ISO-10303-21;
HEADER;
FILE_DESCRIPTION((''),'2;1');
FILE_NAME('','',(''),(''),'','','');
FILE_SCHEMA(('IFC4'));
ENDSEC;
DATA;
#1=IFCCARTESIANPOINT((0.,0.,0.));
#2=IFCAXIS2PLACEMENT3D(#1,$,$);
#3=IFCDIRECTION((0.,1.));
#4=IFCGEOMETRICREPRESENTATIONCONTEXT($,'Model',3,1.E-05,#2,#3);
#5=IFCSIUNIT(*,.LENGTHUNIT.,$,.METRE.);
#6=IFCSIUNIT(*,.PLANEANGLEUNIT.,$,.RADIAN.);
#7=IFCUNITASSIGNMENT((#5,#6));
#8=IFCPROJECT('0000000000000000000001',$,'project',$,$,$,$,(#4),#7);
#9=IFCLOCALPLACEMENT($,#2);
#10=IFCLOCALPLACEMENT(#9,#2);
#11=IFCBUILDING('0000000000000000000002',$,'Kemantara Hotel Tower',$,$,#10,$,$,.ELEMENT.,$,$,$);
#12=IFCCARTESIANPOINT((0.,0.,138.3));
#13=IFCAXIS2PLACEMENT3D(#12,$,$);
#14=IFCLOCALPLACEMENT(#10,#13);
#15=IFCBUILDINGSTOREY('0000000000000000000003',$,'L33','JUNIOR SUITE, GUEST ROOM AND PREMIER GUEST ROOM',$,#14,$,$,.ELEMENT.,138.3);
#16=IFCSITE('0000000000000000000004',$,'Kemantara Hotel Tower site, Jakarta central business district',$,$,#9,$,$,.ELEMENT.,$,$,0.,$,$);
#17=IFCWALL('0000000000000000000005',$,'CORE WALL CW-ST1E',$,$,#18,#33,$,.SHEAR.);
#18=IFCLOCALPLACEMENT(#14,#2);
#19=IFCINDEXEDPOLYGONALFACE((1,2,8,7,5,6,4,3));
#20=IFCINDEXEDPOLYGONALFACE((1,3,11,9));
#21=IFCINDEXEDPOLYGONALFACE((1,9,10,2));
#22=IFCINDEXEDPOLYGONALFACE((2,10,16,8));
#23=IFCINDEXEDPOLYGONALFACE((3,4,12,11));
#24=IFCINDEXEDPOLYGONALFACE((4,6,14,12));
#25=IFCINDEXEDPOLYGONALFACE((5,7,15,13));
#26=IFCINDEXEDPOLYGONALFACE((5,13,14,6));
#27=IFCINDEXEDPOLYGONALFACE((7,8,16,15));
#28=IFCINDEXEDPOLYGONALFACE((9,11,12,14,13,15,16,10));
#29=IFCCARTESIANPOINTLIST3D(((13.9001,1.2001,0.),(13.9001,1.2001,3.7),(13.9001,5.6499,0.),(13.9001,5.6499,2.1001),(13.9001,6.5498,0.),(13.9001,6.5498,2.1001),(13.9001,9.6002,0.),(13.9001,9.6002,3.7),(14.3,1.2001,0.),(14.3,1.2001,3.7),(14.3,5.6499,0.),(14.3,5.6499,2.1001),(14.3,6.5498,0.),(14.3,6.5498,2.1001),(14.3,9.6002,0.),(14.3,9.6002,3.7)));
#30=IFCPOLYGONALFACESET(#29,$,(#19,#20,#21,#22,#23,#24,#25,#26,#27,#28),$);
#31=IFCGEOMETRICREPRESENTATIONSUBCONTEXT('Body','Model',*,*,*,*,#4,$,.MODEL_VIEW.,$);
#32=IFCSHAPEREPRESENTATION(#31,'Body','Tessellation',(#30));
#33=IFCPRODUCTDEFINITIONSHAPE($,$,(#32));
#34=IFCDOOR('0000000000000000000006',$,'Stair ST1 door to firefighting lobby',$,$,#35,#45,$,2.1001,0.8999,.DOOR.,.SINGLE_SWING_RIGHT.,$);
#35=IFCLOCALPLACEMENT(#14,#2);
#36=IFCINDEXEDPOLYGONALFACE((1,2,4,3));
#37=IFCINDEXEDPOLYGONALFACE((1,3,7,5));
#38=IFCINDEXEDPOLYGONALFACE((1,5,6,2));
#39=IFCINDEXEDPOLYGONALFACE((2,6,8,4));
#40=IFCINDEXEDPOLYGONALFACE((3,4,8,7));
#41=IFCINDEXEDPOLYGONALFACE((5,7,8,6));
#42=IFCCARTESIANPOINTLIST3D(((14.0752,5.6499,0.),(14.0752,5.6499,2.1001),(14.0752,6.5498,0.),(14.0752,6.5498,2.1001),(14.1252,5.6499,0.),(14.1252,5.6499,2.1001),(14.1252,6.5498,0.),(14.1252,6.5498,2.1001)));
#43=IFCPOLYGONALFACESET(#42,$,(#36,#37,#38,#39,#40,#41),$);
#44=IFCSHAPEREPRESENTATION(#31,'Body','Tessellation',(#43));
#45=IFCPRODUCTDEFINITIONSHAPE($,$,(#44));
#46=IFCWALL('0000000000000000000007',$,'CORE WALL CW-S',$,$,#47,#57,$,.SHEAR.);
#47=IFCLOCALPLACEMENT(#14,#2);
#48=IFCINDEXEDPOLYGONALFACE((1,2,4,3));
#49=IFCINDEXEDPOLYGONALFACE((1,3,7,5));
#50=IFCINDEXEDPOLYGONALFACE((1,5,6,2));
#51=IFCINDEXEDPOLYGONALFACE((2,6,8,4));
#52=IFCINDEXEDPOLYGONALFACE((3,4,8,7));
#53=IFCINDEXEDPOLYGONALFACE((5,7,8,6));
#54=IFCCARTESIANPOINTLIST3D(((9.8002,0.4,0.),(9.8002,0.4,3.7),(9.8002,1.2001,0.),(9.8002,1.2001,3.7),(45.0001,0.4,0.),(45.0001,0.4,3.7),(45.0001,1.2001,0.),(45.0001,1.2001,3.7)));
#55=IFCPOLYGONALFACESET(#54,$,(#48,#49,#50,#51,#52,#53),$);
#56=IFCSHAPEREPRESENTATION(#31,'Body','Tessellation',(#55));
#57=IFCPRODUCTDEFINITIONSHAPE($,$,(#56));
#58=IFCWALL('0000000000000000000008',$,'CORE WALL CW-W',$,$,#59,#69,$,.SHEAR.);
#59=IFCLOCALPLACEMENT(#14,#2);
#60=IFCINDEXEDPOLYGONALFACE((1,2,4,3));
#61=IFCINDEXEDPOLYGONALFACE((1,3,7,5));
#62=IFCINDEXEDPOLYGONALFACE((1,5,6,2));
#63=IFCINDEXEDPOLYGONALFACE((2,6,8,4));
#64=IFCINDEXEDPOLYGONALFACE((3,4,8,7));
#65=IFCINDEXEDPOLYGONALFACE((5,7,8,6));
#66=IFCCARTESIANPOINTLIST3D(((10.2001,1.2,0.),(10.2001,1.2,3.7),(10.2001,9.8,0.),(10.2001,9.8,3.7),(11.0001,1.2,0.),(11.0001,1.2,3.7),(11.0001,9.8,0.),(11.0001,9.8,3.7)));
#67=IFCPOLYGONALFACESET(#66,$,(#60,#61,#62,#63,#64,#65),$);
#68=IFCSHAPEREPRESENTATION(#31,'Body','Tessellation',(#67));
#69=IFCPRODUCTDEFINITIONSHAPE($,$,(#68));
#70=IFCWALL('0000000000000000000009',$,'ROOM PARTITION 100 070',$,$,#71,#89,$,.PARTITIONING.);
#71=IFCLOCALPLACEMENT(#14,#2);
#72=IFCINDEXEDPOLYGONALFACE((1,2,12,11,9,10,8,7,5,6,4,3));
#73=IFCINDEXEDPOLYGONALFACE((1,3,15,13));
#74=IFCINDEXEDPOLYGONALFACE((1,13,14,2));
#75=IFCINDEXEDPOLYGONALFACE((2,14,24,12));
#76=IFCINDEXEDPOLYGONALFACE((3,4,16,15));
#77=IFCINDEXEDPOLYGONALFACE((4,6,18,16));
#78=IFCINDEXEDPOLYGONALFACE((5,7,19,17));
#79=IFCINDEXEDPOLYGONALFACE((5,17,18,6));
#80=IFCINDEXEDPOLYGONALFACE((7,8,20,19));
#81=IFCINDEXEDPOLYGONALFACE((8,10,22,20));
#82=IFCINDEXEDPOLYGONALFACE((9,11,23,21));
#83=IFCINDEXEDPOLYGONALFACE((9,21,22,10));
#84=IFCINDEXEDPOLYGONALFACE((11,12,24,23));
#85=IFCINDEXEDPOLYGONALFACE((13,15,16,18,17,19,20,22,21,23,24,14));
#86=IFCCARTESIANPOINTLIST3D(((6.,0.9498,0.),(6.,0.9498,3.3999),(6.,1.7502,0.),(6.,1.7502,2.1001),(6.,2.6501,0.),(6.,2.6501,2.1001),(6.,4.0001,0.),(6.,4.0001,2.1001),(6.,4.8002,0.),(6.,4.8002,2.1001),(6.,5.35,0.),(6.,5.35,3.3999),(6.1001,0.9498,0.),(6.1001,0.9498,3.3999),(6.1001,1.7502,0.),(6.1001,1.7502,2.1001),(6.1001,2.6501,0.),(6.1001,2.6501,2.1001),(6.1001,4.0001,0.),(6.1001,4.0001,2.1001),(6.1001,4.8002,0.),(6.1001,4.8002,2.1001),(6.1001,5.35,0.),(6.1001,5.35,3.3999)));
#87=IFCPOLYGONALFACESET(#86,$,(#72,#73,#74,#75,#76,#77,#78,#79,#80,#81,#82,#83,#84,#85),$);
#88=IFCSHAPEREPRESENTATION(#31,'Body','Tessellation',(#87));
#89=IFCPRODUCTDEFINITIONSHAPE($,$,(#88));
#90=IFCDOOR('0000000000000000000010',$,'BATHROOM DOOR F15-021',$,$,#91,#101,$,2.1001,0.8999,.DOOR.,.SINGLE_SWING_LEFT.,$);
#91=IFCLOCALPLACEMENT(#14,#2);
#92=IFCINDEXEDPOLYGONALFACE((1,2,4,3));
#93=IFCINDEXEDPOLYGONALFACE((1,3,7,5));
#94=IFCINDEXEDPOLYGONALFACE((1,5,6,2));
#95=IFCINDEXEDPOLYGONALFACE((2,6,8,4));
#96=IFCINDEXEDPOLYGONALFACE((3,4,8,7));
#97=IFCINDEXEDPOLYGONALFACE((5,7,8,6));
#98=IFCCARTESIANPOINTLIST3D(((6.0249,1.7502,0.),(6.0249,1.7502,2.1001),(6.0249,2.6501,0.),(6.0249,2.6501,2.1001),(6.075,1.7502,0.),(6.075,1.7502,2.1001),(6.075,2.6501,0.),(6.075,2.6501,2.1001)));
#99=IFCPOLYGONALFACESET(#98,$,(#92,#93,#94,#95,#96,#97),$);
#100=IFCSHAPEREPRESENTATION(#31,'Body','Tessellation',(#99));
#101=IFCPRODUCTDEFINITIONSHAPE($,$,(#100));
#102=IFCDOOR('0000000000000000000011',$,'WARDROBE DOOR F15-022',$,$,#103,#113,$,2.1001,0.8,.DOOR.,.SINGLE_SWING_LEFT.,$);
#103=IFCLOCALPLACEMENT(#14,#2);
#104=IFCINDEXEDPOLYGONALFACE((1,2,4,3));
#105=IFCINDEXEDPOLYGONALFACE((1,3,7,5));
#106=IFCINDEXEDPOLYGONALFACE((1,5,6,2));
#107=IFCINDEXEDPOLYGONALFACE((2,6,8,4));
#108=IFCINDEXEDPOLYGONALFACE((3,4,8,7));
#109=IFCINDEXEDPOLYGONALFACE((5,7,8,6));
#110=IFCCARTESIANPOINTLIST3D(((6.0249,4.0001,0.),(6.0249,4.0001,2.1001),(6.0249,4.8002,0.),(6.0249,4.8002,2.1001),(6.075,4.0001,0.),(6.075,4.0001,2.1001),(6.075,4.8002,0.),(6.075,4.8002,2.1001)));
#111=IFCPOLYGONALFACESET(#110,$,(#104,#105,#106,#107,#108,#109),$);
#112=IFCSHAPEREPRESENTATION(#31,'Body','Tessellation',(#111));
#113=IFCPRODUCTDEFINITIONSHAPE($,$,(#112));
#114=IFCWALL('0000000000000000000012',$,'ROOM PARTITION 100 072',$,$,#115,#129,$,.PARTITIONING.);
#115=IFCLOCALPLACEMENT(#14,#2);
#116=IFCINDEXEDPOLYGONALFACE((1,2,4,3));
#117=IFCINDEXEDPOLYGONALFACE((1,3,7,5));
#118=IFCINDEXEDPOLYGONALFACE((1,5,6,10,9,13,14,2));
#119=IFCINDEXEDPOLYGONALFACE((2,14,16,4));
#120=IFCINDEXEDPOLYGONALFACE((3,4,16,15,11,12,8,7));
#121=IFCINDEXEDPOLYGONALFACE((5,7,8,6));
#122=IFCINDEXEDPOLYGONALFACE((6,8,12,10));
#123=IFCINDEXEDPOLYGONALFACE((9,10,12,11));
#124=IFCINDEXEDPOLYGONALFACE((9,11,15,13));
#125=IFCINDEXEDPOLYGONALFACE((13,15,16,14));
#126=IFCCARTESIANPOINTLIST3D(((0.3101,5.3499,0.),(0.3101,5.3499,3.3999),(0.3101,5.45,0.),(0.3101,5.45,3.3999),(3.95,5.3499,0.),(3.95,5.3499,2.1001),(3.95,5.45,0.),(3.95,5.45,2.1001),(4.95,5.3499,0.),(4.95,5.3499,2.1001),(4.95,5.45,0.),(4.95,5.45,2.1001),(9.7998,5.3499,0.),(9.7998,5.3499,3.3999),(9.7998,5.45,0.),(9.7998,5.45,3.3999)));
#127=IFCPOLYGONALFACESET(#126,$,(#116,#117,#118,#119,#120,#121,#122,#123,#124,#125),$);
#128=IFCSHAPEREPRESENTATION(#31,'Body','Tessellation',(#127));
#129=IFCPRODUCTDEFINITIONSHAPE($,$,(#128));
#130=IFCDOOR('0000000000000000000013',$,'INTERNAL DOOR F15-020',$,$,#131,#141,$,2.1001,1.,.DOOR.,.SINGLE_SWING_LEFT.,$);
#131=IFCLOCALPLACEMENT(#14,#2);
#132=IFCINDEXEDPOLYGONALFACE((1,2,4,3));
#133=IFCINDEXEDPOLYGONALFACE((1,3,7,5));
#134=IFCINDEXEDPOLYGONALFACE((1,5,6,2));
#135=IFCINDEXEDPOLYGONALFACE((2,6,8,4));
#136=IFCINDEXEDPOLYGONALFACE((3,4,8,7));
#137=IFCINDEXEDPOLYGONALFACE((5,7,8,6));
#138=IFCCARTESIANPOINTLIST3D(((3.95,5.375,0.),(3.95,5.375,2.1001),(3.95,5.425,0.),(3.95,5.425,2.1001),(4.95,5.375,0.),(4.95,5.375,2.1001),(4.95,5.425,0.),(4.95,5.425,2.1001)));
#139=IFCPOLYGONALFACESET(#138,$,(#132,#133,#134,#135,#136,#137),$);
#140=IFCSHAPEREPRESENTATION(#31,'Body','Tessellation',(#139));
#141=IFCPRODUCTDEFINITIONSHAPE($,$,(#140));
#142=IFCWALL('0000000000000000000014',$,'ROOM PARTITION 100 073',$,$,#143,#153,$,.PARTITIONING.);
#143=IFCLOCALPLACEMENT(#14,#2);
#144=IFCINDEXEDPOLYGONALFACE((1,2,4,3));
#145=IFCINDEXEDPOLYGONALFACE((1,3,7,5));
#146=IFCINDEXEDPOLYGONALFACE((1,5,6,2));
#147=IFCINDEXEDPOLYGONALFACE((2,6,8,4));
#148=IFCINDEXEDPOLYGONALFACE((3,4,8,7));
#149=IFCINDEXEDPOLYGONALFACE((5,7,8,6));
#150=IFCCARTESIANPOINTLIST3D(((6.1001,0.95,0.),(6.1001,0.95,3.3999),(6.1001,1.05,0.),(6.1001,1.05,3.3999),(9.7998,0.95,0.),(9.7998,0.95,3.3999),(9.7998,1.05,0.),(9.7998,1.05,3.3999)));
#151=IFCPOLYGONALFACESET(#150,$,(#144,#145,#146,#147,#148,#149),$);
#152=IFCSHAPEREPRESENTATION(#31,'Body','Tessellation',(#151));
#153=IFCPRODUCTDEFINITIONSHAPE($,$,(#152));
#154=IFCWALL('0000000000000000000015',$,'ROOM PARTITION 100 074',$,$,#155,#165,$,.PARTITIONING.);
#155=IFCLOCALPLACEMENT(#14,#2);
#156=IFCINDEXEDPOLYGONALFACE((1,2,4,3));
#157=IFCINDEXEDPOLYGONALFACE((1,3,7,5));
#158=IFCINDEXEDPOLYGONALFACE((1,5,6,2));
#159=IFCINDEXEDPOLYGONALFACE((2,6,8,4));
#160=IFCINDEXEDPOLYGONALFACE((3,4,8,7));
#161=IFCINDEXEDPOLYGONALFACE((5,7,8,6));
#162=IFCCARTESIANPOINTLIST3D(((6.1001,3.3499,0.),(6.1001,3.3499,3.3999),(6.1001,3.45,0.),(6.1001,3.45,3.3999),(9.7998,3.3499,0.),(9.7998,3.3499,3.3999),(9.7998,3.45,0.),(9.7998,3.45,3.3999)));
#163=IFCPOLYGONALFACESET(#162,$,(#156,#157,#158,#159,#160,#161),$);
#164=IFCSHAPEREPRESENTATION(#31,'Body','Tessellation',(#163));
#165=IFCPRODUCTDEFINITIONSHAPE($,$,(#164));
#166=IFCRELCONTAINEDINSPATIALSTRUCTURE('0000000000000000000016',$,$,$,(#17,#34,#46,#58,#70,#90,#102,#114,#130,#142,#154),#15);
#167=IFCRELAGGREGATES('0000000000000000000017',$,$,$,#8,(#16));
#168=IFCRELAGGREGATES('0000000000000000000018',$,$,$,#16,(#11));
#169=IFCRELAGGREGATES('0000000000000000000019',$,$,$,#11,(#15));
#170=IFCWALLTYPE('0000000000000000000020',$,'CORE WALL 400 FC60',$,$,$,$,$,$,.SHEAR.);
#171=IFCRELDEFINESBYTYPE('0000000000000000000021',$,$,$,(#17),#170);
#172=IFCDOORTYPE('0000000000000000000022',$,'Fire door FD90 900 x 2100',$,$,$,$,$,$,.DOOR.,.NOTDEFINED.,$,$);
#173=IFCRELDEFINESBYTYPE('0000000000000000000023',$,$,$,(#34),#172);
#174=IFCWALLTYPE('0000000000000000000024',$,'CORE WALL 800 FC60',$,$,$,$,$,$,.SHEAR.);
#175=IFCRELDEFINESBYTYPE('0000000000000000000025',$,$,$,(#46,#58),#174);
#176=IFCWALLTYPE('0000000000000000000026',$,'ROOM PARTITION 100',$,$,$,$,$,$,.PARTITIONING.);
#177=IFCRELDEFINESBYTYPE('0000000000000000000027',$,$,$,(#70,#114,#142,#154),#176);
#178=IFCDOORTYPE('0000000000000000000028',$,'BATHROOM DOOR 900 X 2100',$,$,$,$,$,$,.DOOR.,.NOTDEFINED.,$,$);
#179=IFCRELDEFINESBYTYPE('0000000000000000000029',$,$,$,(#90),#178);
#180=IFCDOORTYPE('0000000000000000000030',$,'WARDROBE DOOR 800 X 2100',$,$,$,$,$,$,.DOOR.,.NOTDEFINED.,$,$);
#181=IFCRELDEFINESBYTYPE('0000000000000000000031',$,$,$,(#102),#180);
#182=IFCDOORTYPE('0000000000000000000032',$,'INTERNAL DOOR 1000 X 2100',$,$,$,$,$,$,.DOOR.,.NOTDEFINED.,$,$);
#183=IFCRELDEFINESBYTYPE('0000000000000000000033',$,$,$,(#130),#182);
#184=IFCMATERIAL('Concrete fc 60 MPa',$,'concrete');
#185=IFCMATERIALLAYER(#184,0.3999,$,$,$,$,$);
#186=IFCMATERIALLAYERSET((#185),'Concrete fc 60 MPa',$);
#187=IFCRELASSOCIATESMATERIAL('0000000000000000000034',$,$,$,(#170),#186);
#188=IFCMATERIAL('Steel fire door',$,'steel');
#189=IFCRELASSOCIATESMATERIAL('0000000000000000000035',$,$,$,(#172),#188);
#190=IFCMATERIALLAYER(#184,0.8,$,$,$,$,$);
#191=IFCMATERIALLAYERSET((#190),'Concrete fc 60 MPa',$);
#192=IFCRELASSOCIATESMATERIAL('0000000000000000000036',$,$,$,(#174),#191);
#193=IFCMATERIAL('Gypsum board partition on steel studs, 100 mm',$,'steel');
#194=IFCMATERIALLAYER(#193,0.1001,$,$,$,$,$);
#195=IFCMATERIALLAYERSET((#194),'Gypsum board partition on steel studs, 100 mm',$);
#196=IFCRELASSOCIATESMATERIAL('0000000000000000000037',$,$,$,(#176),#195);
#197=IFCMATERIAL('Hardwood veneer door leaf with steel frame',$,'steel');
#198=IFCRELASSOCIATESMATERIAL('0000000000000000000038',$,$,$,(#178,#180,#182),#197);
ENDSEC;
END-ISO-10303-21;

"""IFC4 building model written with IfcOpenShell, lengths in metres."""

from ifc_helpers import new_model, si_unit, direction, frame, frame_2d, origin, place, context, subcontext, project, spatial, rectangle, extrude, material, layer, layer_set, type_object, element, fill, save


model = new_model("IFC4")

# Units and contexts
model_context = context("Model", 3, precision=1e-05, world=origin(), true_north=direction((0.0, 1.0)))
body_context = subcontext(model_context, "Body", "Model", "MODEL_VIEW")
ifc_project = project(units=[si_unit("LENGTHUNIT", "METRE"), si_unit("PLANEANGLEUNIT", "RADIAN")], contexts=[model_context])

# Site, building, storey
site_placement = place(None, origin())
site = spatial("IfcSite", under=ifc_project, at=site_placement, Name="Kemantara Hotel Tower site, Jakarta central business district", CompositionType="ELEMENT", RefElevation=0.0)
building_placement = place(site_placement, origin())
building = spatial("IfcBuilding", under=site, at=building_placement, Name="Kemantara Hotel Tower", CompositionType="ELEMENT")
storey_placement = place(building_placement, frame((0.0, 0.0, 138.3)))
storey = spatial("IfcBuildingStorey", under=building, at=storey_placement, Name="L33", Description="JUNIOR SUITE, GUEST ROOM AND PREMIER GUEST ROOM", CompositionType="ELEMENT", Elevation=138.3)

# Shared definitions
ifc_material_1 = material(Name="Concrete fc 60 MPa", Category="concrete")

# Shared definitions
ifc_layer_1 = layer(ifc_material_1, 0.3999)
ifc_layer_set_1 = layer_set([ifc_layer_1], Name="Concrete fc 60 MPa")
wall_type_1 = type_object("IfcWallType", Name="CORE WALL 400 FC60", PredefinedType="SHEAR", material=ifc_layer_set_1)
ifc_material_2 = material(Name="Steel fire door", Category="steel")

# Wall, opening, door
wall_1_placement = place(storey_placement, frame((14.1001, 1.2, 0.0), z_axis=(0.0, 0.0, 1.0), x_axis=(0.0, 1.0, 0.0)))
wall_1 = element("IfcWall", 1, at=wall_1_placement, inside=storey, type_object=wall_type_1, Name="CORE WALL CW-ST1E", PredefinedType="SHEAR", context=body_context, shape_type="SweptSolid", body=[
    extrude(rectangle(XDim=8.4001, YDim=0.3999, at=frame_2d((4.2002, 0.0))), origin(), (0.0, 0.0, 1.0), 3.7),
])
opening_1_placement = place(wall_1_placement, frame((4.45, 0.0, 0.0)))
opening_1 = element("IfcOpeningElement", 2, at=opening_1_placement, cuts=wall_1, PredefinedType="OPENING", context=body_context, shape_type="SweptSolid", body=[
    extrude(rectangle(XDim=0.8999, YDim=2.1001, at=frame_2d((0.45, 1.05))), frame((0.0, 0.21, 0.0), z_axis=(0.0, -1.0, 0.0), x_axis=(1.0, 0.0, 0.0)), (0.0, 0.0, 1.0), 0.4199),
])
door_type_1 = type_object("IfcDoorType", Name="Fire door FD90 900 x 2100", OperationType="NOTDEFINED", PredefinedType="DOOR", material=ifc_material_2)
door_1_placement = place(opening_1_placement, origin())
door_1 = element("IfcDoor", 3, at=door_1_placement, inside=storey, type_object=door_type_1, Name="Stair ST1 door to firefighting lobby", OperationType="SINGLE_SWING_RIGHT", OverallHeight=2.1001, OverallWidth=0.8999, PredefinedType="DOOR", context=body_context, shape_type="SweptSolid", body=[
    extrude(rectangle(XDim=0.8999, YDim=2.1001, at=frame_2d((0.45, 1.05))), frame((0.0, 0.0249, 0.0), z_axis=(0.0, -1.0, 0.0), x_axis=(1.0, 0.0, 0.0)), (0.0, 0.0, 1.0), 0.05),
])
fill(opening_1, door_1)

# Walls
ifc_layer_2 = layer(ifc_material_1, 0.8)
ifc_layer_set_2 = layer_set([ifc_layer_2], Name="Concrete fc 60 MPa")
wall_type_2 = type_object("IfcWallType", Name="CORE WALL 800 FC60", PredefinedType="SHEAR", material=ifc_layer_set_2)
wall_2_placement = place(storey_placement, frame((9.8, 0.8, 0.0), z_axis=(0.0, 0.0, 1.0), x_axis=(1.0, 0.0, 0.0)))
element("IfcWall", 4, at=wall_2_placement, inside=storey, type_object=wall_type_2, Name="CORE WALL CW-S", PredefinedType="SHEAR", context=body_context, shape_type="SweptSolid", body=[
    extrude(rectangle(XDim=35.2, YDim=0.8, at=frame_2d((17.6001, 0.0))), origin(), (0.0, 0.0, 1.0), 3.7),
])
wall_3_placement = place(storey_placement, frame((10.6001, 1.2, 0.0), z_axis=(0.0, 0.0, 1.0), x_axis=(0.0, 1.0, 0.0)))
element("IfcWall", 5, at=wall_3_placement, inside=storey, type_object=wall_type_2, Name="CORE WALL CW-W", PredefinedType="SHEAR", context=body_context, shape_type="SweptSolid", body=[
    extrude(rectangle(XDim=8.6001, YDim=0.8, at=frame_2d((4.3, 0.0))), origin(), (0.0, 0.0, 1.0), 3.7),
])

# Wall, openings, doors
ifc_material_3 = material(Name="Gypsum board partition on steel studs, 100 mm", Category="steel")
ifc_layer_3 = layer(ifc_material_3, 0.1001)
ifc_layer_set_3 = layer_set([ifc_layer_3], Name="Gypsum board partition on steel studs, 100 mm")
wall_type_3 = type_object("IfcWallType", Name="ROOM PARTITION 100", PredefinedType="PARTITIONING", material=ifc_layer_set_3)
wall_4_placement = place(storey_placement, frame((6.05, 5.3501, 0.0), z_axis=(0.0, 0.0, 1.0), x_axis=(0.0, -1.0, 0.0)))
wall_4 = element("IfcWall", 6, at=wall_4_placement, inside=storey, type_object=wall_type_3, Name="ROOM PARTITION 100 070", PredefinedType="PARTITIONING", context=body_context, shape_type="SweptSolid", body=[
    extrude(rectangle(XDim=4.4001, YDim=0.1001, at=frame_2d((2.2002, 0.0))), origin(), (0.0, 0.0, 1.0), 3.3999),
])
opening_2_placement = place(wall_4_placement, frame((2.7, 0.0, 0.0)))
opening_2 = element("IfcOpeningElement", 7, at=opening_2_placement, cuts=wall_4, PredefinedType="OPENING", context=body_context, shape_type="SweptSolid", body=[
    extrude(rectangle(XDim=0.8999, YDim=2.1001, at=frame_2d((0.45, 1.05))), frame((0.0, 0.0601, 0.0), z_axis=(0.0, -1.0, 0.0), x_axis=(1.0, 0.0, 0.0)), (0.0, 0.0, 1.0), 0.1201),
])
opening_3_placement = place(wall_4_placement, frame((0.55, 0.0, 0.0)))
opening_3 = element("IfcOpeningElement", 8, at=opening_3_placement, cuts=wall_4, PredefinedType="OPENING", context=body_context, shape_type="SweptSolid", body=[
    extrude(rectangle(XDim=0.8, YDim=2.1001, at=frame_2d((0.3999, 1.05))), frame((0.0, 0.0601, 0.0), z_axis=(0.0, -1.0, 0.0), x_axis=(1.0, 0.0, 0.0)), (0.0, 0.0, 1.0), 0.1201),
])
ifc_material_4 = material(Name="Hardwood veneer door leaf with steel frame", Category="steel")
door_type_2 = type_object("IfcDoorType", Name="BATHROOM DOOR 900 X 2100", OperationType="NOTDEFINED", PredefinedType="DOOR", material=ifc_material_4)
door_2_placement = place(opening_2_placement, origin())
door_2 = element("IfcDoor", 9, at=door_2_placement, inside=storey, type_object=door_type_2, Name="BATHROOM DOOR F15-021", OperationType="SINGLE_SWING_LEFT", OverallHeight=2.1001, OverallWidth=0.8999, PredefinedType="DOOR", context=body_context, shape_type="SweptSolid", body=[
    extrude(rectangle(XDim=0.8999, YDim=2.1001, at=frame_2d((0.45, 1.05))), frame((0.0, 0.0249, 0.0), z_axis=(0.0, -1.0, 0.0), x_axis=(1.0, 0.0, 0.0)), (0.0, 0.0, 1.0), 0.05),
])
fill(opening_2, door_2)
door_type_3 = type_object("IfcDoorType", Name="WARDROBE DOOR 800 X 2100", OperationType="NOTDEFINED", PredefinedType="DOOR", material=ifc_material_4)
door_3_placement = place(opening_3_placement, origin())
door_3 = element("IfcDoor", 10, at=door_3_placement, inside=storey, type_object=door_type_3, Name="WARDROBE DOOR F15-022", OperationType="SINGLE_SWING_LEFT", OverallHeight=2.1001, OverallWidth=0.8, PredefinedType="DOOR", context=body_context, shape_type="SweptSolid", body=[
    extrude(rectangle(XDim=0.8, YDim=2.1001, at=frame_2d((0.3999, 1.05))), frame((0.0, 0.0249, 0.0), z_axis=(0.0, -1.0, 0.0), x_axis=(1.0, 0.0, 0.0)), (0.0, 0.0, 1.0), 0.05),
])
fill(opening_3, door_3)

# Wall, opening, door
wall_5_placement = place(storey_placement, frame((9.7998, 5.3999, 0.0), z_axis=(0.0, 0.0, 1.0), x_axis=(-1.0, 0.0, 0.0)))
wall_5 = element("IfcWall", 11, at=wall_5_placement, inside=storey, type_object=wall_type_3, Name="ROOM PARTITION 100 072", PredefinedType="PARTITIONING", context=body_context, shape_type="SweptSolid", body=[
    extrude(rectangle(XDim=9.4897, YDim=0.1001, at=frame_2d((4.7449, 0.0))), origin(), (0.0, 0.0, 1.0), 3.3999),
])
opening_4_placement = place(wall_5_placement, frame((4.8499, 0.0, 0.0)))
opening_4 = element("IfcOpeningElement", 12, at=opening_4_placement, cuts=wall_5, PredefinedType="OPENING", context=body_context, shape_type="SweptSolid", body=[
    extrude(rectangle(XDim=1.0, YDim=2.1001, at=frame_2d((0.5, 1.05))), frame((0.0, 0.0601, 0.0), z_axis=(0.0, -1.0, 0.0), x_axis=(1.0, 0.0, 0.0)), (0.0, 0.0, 1.0), 0.1201),
])
door_type_4 = type_object("IfcDoorType", Name="INTERNAL DOOR 1000 X 2100", OperationType="NOTDEFINED", PredefinedType="DOOR", material=ifc_material_4)
door_4_placement = place(opening_4_placement, origin())
door_4 = element("IfcDoor", 13, at=door_4_placement, inside=storey, type_object=door_type_4, Name="INTERNAL DOOR F15-020", OperationType="SINGLE_SWING_LEFT", OverallHeight=2.1001, OverallWidth=1.0, PredefinedType="DOOR", context=body_context, shape_type="SweptSolid", body=[
    extrude(rectangle(XDim=1.0, YDim=2.1001, at=frame_2d((0.5, 1.05))), frame((0.0, 0.0249, 0.0), z_axis=(0.0, -1.0, 0.0), x_axis=(1.0, 0.0, 0.0)), (0.0, 0.0, 1.0), 0.05),
])
fill(opening_4, door_4)

# Walls
for number, where, z_axis, x_axis, name in (
    (14, (6.1001, 1.0, 0.0), (0.0, 0.0, 1.0), (1.0, 0.0, 0.0), "ROOM PARTITION 100 073"),
    (15, (6.1001, 3.3999, 0.0), (0.0, 0.0, 1.0), (1.0, 0.0, 0.0), "ROOM PARTITION 100 074"),
):
    element("IfcWall", number, at=place(storey_placement, frame(where, z_axis=z_axis, x_axis=x_axis)), inside=storey, type_object=wall_type_3, Name=name, PredefinedType="PARTITIONING", context=body_context, shape_type="SweptSolid", body=[
        extrude(rectangle(XDim=3.6997, YDim=0.1001, at=frame_2d((1.8499, 0.0))), origin(), (0.0, 0.0, 1.0), 3.3999),
    ])

save(model, "model.ifc")
